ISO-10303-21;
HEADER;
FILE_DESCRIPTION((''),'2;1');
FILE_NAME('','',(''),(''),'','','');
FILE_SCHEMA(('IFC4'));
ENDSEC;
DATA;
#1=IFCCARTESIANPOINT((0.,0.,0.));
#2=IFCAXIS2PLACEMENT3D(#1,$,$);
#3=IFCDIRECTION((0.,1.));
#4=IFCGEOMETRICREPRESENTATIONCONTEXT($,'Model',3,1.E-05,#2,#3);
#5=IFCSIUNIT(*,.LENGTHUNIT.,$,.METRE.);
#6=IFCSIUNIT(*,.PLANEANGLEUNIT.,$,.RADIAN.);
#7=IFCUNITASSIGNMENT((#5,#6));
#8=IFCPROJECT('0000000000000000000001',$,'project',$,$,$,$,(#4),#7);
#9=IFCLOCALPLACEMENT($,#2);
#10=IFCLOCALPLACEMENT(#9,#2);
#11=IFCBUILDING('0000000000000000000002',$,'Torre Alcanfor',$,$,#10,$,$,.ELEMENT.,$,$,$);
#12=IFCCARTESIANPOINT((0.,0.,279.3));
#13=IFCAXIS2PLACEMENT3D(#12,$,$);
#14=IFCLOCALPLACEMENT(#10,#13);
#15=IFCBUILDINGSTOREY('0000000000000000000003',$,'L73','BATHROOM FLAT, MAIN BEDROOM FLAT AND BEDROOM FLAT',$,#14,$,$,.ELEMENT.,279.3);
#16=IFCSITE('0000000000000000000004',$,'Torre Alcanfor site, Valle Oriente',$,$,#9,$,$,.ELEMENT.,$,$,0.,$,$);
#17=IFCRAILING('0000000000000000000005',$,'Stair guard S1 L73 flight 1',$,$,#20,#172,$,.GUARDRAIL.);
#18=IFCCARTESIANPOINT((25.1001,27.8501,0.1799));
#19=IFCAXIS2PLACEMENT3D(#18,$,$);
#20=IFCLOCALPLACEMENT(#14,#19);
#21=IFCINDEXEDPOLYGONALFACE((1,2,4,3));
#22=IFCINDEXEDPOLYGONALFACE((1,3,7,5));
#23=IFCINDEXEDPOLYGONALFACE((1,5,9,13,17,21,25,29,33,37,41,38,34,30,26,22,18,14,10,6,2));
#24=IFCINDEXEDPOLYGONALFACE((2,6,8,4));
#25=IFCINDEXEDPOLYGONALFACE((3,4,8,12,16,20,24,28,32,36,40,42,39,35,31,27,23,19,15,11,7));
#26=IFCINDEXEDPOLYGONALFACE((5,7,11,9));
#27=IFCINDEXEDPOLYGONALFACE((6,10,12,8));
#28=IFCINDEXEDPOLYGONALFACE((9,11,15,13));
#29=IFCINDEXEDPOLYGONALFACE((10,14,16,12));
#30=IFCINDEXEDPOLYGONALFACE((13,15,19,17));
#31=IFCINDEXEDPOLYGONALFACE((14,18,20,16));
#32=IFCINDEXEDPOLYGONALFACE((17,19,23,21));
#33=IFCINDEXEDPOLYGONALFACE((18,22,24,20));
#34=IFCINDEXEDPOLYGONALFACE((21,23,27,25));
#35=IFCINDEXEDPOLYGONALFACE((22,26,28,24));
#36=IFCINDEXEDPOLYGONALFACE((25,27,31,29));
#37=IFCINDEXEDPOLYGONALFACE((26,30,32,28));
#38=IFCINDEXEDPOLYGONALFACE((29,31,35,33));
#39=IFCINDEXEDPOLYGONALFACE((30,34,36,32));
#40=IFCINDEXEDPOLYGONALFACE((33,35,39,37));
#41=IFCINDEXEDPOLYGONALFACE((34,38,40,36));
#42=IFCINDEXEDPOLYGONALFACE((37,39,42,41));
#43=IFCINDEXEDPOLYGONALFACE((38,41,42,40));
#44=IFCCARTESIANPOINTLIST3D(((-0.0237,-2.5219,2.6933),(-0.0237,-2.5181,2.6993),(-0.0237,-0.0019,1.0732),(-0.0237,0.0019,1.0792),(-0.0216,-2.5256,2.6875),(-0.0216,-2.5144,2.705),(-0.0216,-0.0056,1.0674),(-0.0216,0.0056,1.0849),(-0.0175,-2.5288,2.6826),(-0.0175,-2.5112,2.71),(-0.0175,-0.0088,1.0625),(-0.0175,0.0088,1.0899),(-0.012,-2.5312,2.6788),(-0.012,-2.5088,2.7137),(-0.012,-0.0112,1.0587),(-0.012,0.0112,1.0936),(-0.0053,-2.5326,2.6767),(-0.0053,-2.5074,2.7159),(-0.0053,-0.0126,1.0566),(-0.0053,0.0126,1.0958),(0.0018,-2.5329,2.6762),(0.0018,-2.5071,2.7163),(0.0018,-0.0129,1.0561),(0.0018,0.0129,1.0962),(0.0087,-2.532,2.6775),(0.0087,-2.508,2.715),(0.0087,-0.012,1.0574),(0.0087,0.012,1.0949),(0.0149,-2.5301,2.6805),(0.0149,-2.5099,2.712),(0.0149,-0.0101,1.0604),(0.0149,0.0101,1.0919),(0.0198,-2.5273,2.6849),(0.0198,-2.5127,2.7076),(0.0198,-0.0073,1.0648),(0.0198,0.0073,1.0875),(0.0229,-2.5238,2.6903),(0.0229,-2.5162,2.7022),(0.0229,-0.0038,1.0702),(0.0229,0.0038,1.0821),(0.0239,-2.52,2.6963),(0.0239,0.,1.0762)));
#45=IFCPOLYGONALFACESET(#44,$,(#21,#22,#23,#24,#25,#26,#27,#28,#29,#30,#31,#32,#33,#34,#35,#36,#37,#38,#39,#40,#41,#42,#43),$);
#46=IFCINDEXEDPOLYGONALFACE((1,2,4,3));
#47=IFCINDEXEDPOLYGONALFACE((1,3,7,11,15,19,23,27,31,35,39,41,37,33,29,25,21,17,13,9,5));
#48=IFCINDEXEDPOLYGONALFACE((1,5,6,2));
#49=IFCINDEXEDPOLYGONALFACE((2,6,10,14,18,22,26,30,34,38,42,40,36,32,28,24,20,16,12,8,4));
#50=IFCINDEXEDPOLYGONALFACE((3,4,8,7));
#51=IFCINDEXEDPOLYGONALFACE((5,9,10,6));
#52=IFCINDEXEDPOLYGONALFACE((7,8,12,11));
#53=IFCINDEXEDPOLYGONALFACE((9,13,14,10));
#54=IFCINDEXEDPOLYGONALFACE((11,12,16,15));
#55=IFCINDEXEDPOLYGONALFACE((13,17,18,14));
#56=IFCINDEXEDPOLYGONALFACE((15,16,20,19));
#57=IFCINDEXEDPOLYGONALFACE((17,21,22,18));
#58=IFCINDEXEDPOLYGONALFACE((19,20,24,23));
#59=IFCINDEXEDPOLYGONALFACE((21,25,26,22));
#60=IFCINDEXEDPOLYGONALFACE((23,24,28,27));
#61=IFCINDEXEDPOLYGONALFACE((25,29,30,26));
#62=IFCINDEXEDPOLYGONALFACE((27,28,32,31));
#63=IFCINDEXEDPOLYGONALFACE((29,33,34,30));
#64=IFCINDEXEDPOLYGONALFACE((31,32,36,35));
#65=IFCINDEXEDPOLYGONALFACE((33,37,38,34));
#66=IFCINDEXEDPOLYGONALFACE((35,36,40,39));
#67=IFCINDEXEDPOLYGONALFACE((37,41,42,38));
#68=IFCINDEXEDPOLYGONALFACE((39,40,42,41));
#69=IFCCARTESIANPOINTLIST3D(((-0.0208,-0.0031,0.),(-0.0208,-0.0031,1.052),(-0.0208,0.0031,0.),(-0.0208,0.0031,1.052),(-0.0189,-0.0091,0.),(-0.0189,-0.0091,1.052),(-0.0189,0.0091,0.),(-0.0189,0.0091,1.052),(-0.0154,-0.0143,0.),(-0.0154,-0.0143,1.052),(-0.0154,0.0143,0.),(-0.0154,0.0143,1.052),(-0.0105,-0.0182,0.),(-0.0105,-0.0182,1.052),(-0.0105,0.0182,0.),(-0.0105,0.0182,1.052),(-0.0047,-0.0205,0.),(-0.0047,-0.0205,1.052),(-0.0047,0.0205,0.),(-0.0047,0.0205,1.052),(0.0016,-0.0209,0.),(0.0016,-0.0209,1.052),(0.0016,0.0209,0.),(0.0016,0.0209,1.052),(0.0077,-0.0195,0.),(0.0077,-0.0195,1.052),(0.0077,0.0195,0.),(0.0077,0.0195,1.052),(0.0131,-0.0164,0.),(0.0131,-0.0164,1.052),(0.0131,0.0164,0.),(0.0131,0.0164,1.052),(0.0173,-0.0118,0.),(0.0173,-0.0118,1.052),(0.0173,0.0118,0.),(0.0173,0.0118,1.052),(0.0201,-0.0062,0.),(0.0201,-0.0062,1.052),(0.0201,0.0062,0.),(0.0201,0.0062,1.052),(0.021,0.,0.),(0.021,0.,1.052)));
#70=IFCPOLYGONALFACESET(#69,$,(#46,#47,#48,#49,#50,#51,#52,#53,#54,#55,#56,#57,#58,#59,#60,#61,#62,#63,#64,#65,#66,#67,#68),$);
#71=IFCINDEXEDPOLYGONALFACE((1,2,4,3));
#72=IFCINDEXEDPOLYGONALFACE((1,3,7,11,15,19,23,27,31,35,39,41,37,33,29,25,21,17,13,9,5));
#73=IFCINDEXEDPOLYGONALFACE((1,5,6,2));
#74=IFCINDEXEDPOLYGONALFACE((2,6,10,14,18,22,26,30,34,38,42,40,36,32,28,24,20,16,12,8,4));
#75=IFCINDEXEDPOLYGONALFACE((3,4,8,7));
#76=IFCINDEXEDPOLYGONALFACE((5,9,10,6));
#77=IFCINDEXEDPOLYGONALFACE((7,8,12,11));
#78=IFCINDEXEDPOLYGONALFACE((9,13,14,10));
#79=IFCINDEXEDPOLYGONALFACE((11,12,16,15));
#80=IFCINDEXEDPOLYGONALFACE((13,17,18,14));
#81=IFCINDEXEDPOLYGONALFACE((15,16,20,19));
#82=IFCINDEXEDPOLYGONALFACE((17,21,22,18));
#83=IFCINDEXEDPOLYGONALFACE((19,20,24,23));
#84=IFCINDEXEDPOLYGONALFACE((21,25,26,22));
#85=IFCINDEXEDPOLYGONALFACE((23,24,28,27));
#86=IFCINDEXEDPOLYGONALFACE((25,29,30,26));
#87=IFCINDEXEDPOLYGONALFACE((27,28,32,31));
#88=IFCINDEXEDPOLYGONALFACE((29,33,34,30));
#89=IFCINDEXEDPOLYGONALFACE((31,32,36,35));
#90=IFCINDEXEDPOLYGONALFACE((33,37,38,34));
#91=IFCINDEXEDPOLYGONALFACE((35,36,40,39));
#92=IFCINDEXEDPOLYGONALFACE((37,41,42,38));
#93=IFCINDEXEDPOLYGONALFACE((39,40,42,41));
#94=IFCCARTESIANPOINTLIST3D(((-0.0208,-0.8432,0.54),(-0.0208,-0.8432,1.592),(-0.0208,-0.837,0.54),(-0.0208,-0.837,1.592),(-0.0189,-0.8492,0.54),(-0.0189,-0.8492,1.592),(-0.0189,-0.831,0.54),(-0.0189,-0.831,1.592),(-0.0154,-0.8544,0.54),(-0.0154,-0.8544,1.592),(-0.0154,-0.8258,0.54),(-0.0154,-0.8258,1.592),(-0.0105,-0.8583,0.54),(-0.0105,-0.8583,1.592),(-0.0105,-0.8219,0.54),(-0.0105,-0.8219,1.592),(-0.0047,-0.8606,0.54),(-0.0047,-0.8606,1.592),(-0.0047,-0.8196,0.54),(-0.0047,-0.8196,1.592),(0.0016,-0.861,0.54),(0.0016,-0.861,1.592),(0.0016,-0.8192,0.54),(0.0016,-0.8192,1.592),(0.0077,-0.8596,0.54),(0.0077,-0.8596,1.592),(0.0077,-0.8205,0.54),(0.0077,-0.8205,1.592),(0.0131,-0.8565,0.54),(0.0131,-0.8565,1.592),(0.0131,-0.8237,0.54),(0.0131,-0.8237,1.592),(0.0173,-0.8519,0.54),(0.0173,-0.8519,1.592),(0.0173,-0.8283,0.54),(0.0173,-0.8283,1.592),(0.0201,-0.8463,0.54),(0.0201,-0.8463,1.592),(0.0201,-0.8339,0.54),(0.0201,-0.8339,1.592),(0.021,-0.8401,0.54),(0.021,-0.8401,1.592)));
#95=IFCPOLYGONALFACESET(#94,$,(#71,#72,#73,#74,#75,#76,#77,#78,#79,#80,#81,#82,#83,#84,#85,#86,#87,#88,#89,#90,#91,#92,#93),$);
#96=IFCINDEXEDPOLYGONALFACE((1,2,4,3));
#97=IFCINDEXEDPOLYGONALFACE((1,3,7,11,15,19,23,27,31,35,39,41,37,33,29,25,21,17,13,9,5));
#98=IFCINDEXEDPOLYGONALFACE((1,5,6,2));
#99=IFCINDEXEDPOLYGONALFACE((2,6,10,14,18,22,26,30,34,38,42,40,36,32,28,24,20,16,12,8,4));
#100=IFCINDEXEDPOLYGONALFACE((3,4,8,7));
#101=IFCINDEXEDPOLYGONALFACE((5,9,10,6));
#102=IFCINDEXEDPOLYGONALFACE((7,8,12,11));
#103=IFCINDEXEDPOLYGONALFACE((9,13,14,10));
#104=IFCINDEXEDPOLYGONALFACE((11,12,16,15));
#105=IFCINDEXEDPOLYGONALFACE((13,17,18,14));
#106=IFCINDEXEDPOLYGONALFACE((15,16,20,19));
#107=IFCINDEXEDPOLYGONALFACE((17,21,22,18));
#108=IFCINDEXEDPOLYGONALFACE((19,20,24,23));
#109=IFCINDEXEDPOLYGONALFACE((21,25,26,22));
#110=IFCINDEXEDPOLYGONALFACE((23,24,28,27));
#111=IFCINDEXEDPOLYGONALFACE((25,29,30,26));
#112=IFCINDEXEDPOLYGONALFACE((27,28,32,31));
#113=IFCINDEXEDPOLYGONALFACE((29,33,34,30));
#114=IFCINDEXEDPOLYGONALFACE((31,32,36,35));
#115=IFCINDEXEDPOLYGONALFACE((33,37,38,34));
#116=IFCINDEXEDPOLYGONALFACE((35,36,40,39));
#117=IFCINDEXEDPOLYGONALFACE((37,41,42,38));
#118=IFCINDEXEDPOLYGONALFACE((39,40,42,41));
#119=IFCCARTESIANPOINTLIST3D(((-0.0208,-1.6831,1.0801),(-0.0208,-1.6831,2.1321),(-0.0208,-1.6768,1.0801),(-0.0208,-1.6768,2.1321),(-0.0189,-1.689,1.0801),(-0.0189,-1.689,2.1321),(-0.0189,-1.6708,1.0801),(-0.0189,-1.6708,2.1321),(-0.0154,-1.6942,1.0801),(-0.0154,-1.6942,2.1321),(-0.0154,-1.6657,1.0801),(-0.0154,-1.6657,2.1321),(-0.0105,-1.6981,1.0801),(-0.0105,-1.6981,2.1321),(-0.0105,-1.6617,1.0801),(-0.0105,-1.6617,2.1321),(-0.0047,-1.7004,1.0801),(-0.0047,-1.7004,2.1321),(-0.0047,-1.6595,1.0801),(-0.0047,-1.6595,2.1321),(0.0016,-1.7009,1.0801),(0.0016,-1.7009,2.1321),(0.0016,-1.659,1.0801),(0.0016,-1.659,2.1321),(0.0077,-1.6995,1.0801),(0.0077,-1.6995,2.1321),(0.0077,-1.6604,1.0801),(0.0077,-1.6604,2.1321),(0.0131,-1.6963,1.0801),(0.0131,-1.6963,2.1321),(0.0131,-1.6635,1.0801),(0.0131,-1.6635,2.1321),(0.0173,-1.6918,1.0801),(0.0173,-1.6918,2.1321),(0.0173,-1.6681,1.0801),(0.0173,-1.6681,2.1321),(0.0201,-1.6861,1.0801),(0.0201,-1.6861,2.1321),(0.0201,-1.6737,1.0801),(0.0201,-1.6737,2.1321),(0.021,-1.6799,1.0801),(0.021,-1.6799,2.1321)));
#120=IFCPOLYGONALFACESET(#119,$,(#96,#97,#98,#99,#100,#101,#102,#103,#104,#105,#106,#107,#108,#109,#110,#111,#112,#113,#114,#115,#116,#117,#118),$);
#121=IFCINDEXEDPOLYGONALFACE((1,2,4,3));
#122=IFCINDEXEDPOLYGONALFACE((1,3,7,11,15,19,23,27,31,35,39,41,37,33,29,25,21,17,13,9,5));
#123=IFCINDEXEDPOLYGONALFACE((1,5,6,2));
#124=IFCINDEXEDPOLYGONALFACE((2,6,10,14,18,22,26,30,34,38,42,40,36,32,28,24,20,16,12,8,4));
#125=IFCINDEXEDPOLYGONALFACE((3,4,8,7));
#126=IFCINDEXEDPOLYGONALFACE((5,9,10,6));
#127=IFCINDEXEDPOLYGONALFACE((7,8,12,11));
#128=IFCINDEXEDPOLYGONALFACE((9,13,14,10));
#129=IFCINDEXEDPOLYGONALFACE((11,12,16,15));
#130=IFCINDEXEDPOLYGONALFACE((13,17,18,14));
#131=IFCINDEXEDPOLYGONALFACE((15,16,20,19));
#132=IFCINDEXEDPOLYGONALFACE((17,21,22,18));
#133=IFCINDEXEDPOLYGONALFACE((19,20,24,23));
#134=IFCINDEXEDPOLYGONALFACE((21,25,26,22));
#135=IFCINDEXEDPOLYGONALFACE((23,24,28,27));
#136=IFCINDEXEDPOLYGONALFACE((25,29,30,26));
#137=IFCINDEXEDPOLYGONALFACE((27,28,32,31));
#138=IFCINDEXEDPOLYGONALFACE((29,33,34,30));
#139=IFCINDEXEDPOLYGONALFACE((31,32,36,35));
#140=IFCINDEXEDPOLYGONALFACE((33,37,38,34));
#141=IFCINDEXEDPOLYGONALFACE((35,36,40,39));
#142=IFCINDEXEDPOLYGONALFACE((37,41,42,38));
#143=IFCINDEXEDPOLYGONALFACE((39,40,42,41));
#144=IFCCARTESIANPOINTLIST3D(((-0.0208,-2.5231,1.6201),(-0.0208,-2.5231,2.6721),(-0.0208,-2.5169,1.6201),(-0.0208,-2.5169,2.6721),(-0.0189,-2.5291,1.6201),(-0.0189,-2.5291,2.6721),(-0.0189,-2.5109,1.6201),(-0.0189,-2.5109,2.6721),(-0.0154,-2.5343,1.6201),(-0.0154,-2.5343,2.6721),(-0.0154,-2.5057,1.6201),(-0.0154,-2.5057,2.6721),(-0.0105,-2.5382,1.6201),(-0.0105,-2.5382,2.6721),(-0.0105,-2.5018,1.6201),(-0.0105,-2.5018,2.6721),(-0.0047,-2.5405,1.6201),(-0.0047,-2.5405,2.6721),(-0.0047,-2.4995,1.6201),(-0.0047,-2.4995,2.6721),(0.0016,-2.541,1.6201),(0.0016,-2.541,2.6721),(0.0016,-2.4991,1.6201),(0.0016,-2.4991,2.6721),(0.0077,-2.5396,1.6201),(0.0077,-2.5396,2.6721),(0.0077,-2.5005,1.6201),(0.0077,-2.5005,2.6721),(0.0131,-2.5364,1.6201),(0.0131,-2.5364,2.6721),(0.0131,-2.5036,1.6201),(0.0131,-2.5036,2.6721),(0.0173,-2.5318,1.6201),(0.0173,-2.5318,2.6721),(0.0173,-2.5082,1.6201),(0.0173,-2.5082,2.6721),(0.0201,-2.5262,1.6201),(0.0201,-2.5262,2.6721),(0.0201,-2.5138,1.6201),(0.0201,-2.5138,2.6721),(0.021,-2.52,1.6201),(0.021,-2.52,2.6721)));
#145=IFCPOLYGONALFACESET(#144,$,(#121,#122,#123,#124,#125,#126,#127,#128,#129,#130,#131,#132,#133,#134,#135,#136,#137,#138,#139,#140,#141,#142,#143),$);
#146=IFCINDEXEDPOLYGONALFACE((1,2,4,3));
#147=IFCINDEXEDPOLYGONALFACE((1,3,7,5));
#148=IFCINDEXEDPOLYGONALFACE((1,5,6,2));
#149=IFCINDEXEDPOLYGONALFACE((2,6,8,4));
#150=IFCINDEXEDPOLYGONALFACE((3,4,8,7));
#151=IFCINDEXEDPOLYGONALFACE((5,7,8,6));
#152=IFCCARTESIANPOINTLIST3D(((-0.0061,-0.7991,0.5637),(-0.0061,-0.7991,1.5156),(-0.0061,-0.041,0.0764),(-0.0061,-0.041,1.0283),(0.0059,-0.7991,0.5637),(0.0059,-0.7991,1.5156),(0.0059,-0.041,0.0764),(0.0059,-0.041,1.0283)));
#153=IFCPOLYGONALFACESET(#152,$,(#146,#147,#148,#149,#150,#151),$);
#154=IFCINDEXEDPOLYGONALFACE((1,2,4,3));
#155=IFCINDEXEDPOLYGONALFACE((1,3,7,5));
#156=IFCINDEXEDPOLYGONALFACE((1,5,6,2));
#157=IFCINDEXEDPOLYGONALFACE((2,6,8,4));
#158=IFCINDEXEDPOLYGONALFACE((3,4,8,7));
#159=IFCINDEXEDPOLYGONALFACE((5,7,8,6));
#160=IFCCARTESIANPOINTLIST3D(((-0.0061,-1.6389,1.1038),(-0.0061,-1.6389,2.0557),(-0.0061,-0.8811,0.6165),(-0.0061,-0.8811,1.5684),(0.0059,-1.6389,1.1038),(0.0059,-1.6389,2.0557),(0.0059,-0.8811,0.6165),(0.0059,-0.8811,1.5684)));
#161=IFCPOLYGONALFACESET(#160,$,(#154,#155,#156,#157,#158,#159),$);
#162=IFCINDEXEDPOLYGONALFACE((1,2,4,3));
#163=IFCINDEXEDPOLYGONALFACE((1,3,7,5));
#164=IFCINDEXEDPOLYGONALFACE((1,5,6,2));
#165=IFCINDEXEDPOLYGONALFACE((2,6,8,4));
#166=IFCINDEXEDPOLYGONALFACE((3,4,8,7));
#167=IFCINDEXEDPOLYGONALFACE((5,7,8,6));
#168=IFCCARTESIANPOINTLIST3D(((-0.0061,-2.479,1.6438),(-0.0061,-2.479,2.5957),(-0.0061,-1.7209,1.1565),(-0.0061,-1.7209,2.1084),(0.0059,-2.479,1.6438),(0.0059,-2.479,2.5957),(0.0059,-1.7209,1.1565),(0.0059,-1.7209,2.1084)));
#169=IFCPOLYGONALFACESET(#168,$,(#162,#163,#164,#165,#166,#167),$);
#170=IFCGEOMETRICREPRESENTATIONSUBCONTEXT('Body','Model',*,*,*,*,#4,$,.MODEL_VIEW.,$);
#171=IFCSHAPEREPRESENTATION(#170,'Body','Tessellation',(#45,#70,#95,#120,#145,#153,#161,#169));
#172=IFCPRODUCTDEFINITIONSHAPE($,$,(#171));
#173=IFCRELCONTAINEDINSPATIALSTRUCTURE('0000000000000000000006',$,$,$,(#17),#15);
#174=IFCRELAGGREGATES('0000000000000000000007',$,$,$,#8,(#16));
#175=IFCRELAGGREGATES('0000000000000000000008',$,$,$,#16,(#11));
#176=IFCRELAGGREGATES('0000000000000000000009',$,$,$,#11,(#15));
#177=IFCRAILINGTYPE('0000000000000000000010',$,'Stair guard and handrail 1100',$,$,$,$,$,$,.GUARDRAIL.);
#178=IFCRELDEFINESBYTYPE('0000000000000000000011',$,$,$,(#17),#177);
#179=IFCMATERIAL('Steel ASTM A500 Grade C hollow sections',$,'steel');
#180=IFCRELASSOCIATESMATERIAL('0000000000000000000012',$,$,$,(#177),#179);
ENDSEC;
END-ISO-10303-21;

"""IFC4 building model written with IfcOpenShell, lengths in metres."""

from ifc_helpers import new_model, si_unit, direction, frame, origin, origin_2d, place, context, subcontext, project, spatial, polyline, circle, outline, extrude, material, type_object, element, save


model = new_model("IFC4")

# Units and contexts
model_context = context("Model", 3, precision=1e-05, world=origin(), true_north=direction((0.0, 1.0)))
body_context = subcontext(model_context, "Body", "Model", "MODEL_VIEW")
ifc_project = project(units=[si_unit("LENGTHUNIT", "METRE"), si_unit("PLANEANGLEUNIT", "RADIAN")], contexts=[model_context])

# Site, building, storey
site_placement = place(None, origin())
site = spatial("IfcSite", under=ifc_project, at=site_placement, Name="Torre Alcanfor site, Valle Oriente", CompositionType="ELEMENT", RefElevation=0.0)
building_placement = place(site_placement, origin())
building = spatial("IfcBuilding", under=site, at=building_placement, Name="Torre Alcanfor", CompositionType="ELEMENT")
storey_placement = place(building_placement, frame((0.0, 0.0, 279.3)))
storey = spatial("IfcBuildingStorey", under=building, at=storey_placement, Name="L73", Description="BATHROOM FLAT, MAIN BEDROOM FLAT AND BEDROOM FLAT", CompositionType="ELEMENT", Elevation=279.3)

# Railing
ifc_material_1 = material(Name="Steel ASTM A500 Grade C hollow sections", Category="steel")
railing_type_1 = type_object("IfcRailingType", Name="Stair guard and handrail 1100", PredefinedType="GUARDRAIL", material=ifc_material_1)
railing_1_placement = place(storey_placement, frame((25.1001, 27.8501, 0.1799)))
element("IfcRailing", 1, at=railing_1_placement, inside=storey, type_object=railing_type_1, Name="Stair guard S1 L73 flight 1", PredefinedType="GUARDRAIL", context=body_context, shape_type="SweptSolid", body=[
    extrude(circle(Radius=0.0239, at=origin_2d()), frame((0.0, 0.0, 1.0762), z_axis=(0.0, -0.841163, 0.540782), x_axis=(1.0, 0.0, 0.0)), (0.0, 0.0, 1.0), 2.9958),
    extrude(circle(Radius=0.021, at=origin_2d()), origin(), (0.0, 0.0, 1.0), 1.052),
    extrude(circle(Radius=0.021, at=origin_2d()), frame((0.0, -0.8401, 0.54)), (0.0, 0.0, 1.0), 1.052),
    extrude(circle(Radius=0.021, at=origin_2d()), frame((0.0, -1.6799, 1.0801)), (0.0, 0.0, 1.0), 1.052),
    extrude(circle(Radius=0.021, at=origin_2d()), frame((0.0, -2.52, 1.6201)), (0.0, 0.0, 1.0), 1.052),
    extrude(outline(polyline([(0.041, 0.0764), (0.7991, 0.5637), (0.7991, 1.5156), (0.041, 1.0283), (0.041, 0.0764)])), frame((0.0059, 0.0, 0.0), z_axis=(-1.0, 0.0, 0.0), x_axis=(0.0, -1.0, 0.0)), (0.0, 0.0, 1.0), 0.012),
    extrude(outline(polyline([(0.8811, 0.6165), (1.6389, 1.1038), (1.6389, 2.0557), (0.8811, 1.5684), (0.8811, 0.6165)])), frame((0.0059, 0.0, 0.0), z_axis=(-1.0, 0.0, 0.0), x_axis=(0.0, -1.0, 0.0)), (0.0, 0.0, 1.0), 0.012),
    extrude(outline(polyline([(1.7209, 1.1565), (2.479, 1.6438), (2.479, 2.5957), (1.7209, 2.1084), (1.7209, 1.1565)])), frame((0.0059, 0.0, 0.0), z_axis=(-1.0, 0.0, 0.0), x_axis=(0.0, -1.0, 0.0)), (0.0, 0.0, 1.0), 0.012),
])

save(model, "model.ifc")
